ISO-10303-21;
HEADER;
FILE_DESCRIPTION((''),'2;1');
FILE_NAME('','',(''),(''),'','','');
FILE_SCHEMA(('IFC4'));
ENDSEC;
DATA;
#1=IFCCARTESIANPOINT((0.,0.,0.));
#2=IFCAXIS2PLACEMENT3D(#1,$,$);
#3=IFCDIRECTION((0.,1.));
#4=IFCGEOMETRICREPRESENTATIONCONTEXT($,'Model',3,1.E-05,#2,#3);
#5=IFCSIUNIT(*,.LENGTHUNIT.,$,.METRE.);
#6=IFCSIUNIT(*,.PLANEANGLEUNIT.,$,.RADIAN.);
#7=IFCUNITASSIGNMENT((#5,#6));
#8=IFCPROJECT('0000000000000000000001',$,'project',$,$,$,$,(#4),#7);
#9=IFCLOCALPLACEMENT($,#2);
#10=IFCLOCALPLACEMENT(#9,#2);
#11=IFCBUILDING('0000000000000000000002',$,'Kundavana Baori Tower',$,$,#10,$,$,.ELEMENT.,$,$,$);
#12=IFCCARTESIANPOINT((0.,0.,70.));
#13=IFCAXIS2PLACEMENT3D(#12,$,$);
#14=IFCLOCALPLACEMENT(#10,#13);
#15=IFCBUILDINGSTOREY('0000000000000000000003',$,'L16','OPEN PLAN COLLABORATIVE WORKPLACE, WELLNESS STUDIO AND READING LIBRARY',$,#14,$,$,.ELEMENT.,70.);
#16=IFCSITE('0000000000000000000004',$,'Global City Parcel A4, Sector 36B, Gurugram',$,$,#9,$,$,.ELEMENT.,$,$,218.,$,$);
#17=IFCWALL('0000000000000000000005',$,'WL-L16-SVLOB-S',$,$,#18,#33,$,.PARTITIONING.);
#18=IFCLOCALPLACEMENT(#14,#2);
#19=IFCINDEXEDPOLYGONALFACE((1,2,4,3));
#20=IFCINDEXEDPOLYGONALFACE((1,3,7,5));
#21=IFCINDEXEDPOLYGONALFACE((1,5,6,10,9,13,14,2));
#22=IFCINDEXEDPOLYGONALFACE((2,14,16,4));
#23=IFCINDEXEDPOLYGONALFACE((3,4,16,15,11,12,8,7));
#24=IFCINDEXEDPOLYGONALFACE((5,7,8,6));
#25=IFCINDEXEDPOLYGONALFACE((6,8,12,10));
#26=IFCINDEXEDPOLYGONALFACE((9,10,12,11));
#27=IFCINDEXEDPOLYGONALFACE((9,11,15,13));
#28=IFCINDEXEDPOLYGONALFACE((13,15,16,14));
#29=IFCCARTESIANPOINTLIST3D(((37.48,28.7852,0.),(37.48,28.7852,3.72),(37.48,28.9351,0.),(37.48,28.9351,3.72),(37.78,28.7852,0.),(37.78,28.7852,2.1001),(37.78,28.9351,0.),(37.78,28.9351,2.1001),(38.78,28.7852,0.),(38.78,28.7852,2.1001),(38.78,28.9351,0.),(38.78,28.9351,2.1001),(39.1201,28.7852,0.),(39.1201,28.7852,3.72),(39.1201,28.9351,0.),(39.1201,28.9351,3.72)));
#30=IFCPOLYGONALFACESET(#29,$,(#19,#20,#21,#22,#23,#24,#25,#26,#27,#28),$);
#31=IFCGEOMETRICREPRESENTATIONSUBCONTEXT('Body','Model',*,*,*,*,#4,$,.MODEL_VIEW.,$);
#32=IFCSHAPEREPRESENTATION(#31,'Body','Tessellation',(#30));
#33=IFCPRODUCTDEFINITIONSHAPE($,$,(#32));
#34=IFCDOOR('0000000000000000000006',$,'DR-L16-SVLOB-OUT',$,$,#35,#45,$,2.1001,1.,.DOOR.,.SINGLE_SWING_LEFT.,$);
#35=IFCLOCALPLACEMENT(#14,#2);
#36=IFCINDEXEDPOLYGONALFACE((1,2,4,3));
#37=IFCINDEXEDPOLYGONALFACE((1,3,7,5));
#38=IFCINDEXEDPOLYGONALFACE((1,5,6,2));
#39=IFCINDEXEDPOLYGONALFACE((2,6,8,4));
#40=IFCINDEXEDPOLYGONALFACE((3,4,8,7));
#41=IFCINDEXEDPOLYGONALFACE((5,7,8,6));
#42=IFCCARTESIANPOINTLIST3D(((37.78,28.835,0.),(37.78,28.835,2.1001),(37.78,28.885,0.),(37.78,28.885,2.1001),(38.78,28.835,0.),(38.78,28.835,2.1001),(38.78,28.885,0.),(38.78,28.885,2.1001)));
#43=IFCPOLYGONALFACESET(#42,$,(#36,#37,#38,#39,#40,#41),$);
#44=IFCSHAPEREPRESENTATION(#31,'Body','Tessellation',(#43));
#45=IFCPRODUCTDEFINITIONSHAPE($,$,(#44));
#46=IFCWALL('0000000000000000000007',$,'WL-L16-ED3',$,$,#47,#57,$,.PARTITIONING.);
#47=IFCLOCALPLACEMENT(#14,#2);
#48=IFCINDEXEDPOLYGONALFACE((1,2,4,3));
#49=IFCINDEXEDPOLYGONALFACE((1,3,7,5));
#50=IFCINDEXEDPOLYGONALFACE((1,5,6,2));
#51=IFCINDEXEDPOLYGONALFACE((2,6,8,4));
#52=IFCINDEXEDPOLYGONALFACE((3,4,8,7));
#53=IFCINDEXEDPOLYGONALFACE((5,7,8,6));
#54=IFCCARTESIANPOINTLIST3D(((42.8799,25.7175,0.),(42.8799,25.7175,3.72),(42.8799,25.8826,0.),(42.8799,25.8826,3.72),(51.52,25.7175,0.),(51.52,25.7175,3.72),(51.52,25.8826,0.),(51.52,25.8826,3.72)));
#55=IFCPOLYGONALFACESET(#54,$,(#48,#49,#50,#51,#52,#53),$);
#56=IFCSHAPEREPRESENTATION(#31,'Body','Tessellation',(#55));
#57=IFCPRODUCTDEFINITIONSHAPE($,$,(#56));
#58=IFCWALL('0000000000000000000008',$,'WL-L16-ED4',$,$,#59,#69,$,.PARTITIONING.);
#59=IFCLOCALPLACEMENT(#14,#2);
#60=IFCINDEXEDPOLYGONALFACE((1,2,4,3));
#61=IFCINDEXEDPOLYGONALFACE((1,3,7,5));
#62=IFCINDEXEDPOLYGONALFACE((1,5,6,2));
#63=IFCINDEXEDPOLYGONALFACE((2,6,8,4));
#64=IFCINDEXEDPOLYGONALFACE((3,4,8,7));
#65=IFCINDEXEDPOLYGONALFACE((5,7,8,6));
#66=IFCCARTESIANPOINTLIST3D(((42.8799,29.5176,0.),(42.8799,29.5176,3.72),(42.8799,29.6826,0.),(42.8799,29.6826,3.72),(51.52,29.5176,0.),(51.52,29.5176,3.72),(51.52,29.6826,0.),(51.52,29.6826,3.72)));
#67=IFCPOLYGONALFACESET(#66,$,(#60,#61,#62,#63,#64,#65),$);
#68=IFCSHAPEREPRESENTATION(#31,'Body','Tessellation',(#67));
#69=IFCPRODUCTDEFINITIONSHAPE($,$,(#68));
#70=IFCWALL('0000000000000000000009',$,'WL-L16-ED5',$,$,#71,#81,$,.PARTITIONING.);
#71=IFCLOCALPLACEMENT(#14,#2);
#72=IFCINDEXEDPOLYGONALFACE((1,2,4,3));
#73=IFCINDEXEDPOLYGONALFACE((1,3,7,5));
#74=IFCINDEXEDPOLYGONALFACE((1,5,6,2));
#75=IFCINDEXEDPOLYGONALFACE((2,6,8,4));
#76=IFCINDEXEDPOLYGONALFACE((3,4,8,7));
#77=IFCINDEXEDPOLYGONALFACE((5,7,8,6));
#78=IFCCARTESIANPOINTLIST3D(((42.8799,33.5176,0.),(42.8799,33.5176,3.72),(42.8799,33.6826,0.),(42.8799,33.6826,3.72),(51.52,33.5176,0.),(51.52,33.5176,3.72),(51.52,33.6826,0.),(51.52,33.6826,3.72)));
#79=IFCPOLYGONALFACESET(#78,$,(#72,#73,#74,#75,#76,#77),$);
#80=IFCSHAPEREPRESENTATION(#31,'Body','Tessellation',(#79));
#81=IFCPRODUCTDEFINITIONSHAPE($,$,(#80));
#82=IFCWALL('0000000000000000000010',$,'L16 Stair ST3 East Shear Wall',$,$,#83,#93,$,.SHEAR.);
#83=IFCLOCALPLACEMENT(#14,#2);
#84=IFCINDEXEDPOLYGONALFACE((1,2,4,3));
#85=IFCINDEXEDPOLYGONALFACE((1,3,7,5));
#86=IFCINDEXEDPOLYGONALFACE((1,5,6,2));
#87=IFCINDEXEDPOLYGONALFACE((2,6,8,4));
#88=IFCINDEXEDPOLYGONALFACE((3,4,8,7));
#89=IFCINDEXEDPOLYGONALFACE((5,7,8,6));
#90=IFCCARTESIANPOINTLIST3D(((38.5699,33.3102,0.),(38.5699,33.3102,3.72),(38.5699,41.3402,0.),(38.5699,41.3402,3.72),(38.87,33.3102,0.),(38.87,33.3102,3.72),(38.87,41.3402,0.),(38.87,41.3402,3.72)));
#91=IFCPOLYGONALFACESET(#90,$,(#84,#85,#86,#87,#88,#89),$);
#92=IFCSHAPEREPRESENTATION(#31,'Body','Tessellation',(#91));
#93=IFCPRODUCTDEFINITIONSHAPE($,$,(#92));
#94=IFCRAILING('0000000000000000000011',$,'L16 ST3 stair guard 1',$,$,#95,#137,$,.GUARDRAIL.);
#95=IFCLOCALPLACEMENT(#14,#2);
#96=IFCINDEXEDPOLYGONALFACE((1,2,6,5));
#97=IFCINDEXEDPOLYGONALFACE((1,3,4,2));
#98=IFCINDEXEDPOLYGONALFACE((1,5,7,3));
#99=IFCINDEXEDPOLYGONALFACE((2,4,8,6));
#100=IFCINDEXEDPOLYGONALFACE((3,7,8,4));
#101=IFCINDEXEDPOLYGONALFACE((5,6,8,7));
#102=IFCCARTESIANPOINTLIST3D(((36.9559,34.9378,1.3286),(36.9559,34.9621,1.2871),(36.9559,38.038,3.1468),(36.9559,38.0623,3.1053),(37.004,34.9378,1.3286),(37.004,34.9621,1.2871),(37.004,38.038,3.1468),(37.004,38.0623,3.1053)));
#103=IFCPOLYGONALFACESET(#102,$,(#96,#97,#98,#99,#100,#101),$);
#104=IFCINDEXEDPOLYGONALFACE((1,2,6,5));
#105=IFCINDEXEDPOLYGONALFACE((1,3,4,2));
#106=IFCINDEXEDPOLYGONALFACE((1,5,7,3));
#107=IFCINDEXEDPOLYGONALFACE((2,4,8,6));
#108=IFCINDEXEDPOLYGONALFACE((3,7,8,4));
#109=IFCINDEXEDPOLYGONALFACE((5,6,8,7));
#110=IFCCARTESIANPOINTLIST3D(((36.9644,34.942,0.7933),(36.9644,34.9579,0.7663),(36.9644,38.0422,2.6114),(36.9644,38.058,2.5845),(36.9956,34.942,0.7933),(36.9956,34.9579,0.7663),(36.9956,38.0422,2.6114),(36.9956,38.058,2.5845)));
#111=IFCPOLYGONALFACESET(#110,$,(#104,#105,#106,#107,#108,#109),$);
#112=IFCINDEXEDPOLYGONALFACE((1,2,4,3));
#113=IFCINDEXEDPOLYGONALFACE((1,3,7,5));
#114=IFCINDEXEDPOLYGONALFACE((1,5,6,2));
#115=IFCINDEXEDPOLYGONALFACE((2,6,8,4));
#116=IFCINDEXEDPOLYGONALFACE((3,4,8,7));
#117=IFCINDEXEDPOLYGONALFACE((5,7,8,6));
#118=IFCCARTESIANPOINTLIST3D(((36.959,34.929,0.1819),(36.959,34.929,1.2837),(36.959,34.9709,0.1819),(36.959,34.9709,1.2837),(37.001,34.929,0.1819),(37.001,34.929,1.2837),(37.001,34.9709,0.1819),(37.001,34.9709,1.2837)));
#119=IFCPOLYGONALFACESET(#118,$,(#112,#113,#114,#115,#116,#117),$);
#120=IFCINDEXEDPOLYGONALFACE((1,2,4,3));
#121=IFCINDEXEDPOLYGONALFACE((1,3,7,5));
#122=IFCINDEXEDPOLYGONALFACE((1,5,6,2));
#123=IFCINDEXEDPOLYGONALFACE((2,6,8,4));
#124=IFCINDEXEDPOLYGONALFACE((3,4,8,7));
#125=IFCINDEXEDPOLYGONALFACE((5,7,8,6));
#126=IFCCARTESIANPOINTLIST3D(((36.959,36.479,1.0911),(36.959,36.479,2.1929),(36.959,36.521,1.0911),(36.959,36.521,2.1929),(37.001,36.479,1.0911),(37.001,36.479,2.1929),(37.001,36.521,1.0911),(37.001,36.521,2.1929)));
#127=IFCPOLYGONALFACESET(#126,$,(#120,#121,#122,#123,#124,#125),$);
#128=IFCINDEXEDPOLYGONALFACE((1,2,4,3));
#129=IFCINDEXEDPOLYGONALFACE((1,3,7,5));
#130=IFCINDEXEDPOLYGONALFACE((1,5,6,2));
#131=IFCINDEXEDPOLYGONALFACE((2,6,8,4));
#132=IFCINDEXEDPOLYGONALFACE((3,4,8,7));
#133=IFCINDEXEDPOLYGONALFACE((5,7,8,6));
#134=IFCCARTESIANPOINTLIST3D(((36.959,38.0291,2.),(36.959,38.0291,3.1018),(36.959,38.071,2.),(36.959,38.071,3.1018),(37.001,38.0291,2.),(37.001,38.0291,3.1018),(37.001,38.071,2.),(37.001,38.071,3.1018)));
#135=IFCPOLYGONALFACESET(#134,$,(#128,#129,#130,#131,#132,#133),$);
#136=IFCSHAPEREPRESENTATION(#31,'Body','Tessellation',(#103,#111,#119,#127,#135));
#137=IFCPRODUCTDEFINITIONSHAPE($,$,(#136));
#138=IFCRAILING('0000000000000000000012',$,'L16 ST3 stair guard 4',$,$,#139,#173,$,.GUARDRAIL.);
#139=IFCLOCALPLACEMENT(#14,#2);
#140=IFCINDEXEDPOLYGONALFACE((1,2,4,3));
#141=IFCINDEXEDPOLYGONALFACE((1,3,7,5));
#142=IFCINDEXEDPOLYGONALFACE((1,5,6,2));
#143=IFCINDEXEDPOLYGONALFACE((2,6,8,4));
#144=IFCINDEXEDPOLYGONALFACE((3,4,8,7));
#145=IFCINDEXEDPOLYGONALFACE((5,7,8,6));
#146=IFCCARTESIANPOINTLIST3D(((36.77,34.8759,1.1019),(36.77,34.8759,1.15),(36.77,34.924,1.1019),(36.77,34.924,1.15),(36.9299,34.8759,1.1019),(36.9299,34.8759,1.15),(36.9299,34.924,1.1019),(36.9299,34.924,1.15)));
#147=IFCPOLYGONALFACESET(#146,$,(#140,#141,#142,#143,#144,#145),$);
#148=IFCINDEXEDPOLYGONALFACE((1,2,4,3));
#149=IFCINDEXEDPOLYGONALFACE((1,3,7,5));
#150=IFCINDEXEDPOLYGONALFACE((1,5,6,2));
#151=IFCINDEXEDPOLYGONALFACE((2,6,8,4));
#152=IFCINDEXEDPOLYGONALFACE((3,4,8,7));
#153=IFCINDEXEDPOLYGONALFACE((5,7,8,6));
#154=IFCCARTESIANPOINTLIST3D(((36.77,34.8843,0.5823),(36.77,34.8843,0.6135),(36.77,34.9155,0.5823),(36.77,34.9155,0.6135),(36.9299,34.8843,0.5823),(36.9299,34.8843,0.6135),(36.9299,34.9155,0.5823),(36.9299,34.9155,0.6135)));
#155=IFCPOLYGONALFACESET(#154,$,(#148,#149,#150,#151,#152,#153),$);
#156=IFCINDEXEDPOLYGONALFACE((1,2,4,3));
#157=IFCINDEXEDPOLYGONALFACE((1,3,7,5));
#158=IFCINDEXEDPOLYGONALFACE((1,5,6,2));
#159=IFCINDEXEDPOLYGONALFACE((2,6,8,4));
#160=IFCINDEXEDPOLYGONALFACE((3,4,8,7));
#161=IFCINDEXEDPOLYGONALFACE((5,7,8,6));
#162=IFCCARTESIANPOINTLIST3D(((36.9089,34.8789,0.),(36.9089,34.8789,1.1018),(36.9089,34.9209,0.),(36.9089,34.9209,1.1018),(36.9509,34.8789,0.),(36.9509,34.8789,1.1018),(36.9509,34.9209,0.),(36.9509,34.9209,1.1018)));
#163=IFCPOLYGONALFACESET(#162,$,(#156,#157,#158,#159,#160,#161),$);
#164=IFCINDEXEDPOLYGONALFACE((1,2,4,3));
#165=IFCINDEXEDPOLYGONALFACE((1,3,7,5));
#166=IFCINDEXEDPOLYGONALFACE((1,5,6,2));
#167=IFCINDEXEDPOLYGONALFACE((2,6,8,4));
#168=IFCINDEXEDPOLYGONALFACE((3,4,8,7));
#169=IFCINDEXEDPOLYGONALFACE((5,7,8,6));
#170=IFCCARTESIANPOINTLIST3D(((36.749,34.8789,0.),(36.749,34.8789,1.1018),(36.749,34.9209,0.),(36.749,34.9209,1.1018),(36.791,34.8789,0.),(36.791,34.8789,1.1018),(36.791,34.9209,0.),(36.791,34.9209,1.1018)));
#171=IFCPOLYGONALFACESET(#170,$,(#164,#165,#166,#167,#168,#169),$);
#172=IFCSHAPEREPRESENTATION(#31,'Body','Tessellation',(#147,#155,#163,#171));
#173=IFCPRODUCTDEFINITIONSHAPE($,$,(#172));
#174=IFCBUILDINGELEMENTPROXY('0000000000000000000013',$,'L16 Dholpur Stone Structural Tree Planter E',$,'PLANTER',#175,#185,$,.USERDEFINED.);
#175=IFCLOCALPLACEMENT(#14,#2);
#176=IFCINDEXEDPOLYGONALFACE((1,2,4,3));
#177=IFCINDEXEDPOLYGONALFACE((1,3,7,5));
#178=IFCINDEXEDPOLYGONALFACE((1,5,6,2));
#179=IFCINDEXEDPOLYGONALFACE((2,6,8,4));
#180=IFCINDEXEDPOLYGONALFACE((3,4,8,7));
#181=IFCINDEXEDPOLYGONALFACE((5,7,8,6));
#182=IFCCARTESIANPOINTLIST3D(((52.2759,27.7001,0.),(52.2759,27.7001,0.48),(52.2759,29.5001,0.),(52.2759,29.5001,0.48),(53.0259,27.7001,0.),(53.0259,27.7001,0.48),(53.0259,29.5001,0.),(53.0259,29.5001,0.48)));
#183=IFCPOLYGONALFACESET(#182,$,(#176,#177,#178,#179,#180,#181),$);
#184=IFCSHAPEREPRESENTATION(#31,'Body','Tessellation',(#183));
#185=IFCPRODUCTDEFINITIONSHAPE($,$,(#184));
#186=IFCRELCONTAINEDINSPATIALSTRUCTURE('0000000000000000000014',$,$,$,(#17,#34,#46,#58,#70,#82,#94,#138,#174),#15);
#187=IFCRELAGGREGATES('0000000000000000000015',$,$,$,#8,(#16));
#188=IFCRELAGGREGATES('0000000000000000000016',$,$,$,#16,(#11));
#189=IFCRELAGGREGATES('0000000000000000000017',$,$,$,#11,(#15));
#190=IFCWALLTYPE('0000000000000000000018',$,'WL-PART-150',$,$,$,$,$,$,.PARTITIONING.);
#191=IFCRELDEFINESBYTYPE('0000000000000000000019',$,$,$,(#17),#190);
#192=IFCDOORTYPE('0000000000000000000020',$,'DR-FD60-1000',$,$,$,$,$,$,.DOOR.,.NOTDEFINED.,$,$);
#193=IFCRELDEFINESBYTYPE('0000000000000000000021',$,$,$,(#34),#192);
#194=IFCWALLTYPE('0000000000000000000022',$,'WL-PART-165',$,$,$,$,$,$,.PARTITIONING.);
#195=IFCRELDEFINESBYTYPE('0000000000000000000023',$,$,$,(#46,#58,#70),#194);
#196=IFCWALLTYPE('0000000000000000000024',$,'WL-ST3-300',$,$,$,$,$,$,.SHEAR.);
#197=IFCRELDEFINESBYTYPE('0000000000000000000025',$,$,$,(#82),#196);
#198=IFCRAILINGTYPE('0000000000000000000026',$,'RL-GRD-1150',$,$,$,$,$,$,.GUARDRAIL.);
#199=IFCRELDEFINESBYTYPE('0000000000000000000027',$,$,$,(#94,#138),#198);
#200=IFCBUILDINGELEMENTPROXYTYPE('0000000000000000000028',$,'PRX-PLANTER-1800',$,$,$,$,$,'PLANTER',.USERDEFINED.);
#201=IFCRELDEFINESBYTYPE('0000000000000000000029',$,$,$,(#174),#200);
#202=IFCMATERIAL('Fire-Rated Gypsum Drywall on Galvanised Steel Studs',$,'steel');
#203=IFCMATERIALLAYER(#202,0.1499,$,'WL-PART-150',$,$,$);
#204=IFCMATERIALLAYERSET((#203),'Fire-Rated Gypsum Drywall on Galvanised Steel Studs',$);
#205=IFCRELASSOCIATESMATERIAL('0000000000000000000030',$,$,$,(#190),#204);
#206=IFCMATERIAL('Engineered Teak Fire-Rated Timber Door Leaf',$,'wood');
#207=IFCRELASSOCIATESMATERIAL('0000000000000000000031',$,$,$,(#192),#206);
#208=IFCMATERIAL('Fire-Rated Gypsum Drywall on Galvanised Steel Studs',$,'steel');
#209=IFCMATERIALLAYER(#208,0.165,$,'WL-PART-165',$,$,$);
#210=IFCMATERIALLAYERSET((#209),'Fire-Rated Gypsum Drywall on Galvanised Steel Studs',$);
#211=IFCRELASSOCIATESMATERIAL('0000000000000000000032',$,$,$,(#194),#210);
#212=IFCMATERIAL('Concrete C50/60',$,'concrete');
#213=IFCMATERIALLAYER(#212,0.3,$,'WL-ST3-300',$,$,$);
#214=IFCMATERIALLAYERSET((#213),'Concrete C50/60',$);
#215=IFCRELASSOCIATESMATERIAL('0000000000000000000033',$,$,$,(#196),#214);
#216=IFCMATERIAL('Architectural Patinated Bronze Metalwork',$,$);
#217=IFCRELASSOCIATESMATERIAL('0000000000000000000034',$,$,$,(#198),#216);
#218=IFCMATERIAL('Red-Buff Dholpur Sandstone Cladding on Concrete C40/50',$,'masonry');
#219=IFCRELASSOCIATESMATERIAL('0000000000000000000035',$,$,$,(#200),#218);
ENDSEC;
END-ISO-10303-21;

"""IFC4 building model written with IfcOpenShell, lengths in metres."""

from ifc_helpers import new_model, si_unit, direction, frame, frame_2d, origin, origin_2d, place, context, subcontext, project, spatial, rectangle, extrude, material, layer, layer_set, type_object, element, fill, save


model = new_model("IFC4")

# Units and contexts
model_context = context("Model", 3, precision=1e-05, world=origin(), true_north=direction((0.0, 1.0)))
body_context = subcontext(model_context, "Body", "Model", "MODEL_VIEW")
ifc_project = project(units=[si_unit("LENGTHUNIT", "METRE"), si_unit("PLANEANGLEUNIT", "RADIAN")], contexts=[model_context])

# Site, building, storey
site_placement = place(None, origin())
site = spatial("IfcSite", under=ifc_project, at=site_placement, Name="Global City Parcel A4, Sector 36B, Gurugram", CompositionType="ELEMENT", RefElevation=218.0)
building_placement = place(site_placement, origin())
building = spatial("IfcBuilding", under=site, at=building_placement, Name="Kundavana Baori Tower", CompositionType="ELEMENT")
storey_placement = place(building_placement, frame((0.0, 0.0, 70.0)))
storey = spatial("IfcBuildingStorey", under=building, at=storey_placement, Name="L16", Description="OPEN PLAN COLLABORATIVE WORKPLACE, WELLNESS STUDIO AND READING LIBRARY", CompositionType="ELEMENT", Elevation=70.0)

# Shared definitions
ifc_material_1 = material(Name="Fire-Rated Gypsum Drywall on Galvanised Steel Studs", Category="steel")
ifc_layer_1 = layer(ifc_material_1, 0.1499, Name="WL-PART-150")
ifc_layer_set_1 = layer_set([ifc_layer_1], Name="Fire-Rated Gypsum Drywall on Galvanised Steel Studs")
wall_type_1 = type_object("IfcWallType", Name="WL-PART-150", PredefinedType="PARTITIONING", material=ifc_layer_set_1)

# Wall, opening, door
wall_1_placement = place(storey_placement, frame((37.48, 28.8601, 0.0), z_axis=(0.0, 0.0, 1.0), x_axis=(1.0, 0.0, 0.0)))
wall_1 = element("IfcWall", 1, at=wall_1_placement, inside=storey, type_object=wall_type_1, Name="WL-L16-SVLOB-S", PredefinedType="PARTITIONING", context=body_context, shape_type="SweptSolid", body=[
    extrude(rectangle(XDim=1.6401, YDim=0.1499, at=frame_2d((0.8201, 0.0))), origin(), (0.0, 0.0, 1.0), 3.72),
])
opening_1_placement = place(wall_1_placement, frame((0.3, 0.0, 0.0)))
opening_1 = element("IfcOpeningElement", 2, at=opening_1_placement, cuts=wall_1, PredefinedType="OPENING", context=body_context, shape_type="SweptSolid", body=[
    extrude(rectangle(XDim=1.0, YDim=2.1001, at=frame_2d((0.5, 1.05))), frame((0.0, 0.085, 0.0), z_axis=(0.0, -1.0, 0.0), x_axis=(1.0, 0.0, 0.0)), (0.0, 0.0, 1.0), 0.1699),
])
ifc_material_2 = material(Name="Engineered Teak Fire-Rated Timber Door Leaf", Category="wood")
door_type_1 = type_object("IfcDoorType", Name="DR-FD60-1000", OperationType="NOTDEFINED", PredefinedType="DOOR", material=ifc_material_2)
door_1_placement = place(opening_1_placement, origin())
door_1 = element("IfcDoor", 3, at=door_1_placement, inside=storey, type_object=door_type_1, Name="DR-L16-SVLOB-OUT", OperationType="SINGLE_SWING_LEFT", OverallHeight=2.1001, OverallWidth=1.0, PredefinedType="DOOR", context=body_context, shape_type="SweptSolid", body=[
    extrude(rectangle(XDim=1.0, YDim=2.1001, at=frame_2d((0.5, 1.05))), frame((0.0, 0.0249, 0.0), z_axis=(0.0, -1.0, 0.0), x_axis=(1.0, 0.0, 0.0)), (0.0, 0.0, 1.0), 0.05),
])
fill(opening_1, door_1)

# Walls
ifc_material_3 = material(Name="Fire-Rated Gypsum Drywall on Galvanised Steel Studs", Category="steel")
ifc_layer_2 = layer(ifc_material_3, 0.165, Name="WL-PART-165")
ifc_layer_set_2 = layer_set([ifc_layer_2], Name="Fire-Rated Gypsum Drywall on Galvanised Steel Studs")
wall_type_2 = type_object("IfcWallType", Name="WL-PART-165", PredefinedType="PARTITIONING", material=ifc_layer_set_2)
for number, where, z_axis, x_axis, name in (
    (4, (42.8799, 25.8, 0.0), (0.0, 0.0, 1.0), (1.0, 0.0, 0.0), "WL-L16-ED3"),
    (5, (42.8799, 29.6001, 0.0), (0.0, 0.0, 1.0), (1.0, 0.0, 0.0), "WL-L16-ED4"),
    (6, (42.8799, 33.6001, 0.0), (0.0, 0.0, 1.0), (1.0, 0.0, 0.0), "WL-L16-ED5"),
):
    element("IfcWall", number, at=place(storey_placement, frame(where, z_axis=z_axis, x_axis=x_axis)), inside=storey, type_object=wall_type_2, Name=name, PredefinedType="PARTITIONING", context=body_context, shape_type="SweptSolid", body=[
        extrude(rectangle(XDim=8.6401, YDim=0.165, at=frame_2d((4.3201, 0.0))), origin(), (0.0, 0.0, 1.0), 3.72),
    ])

# Wall
ifc_material_4 = material(Name="Concrete C50/60", Category="concrete")
ifc_layer_3 = layer(ifc_material_4, 0.3, Name="WL-ST3-300")
ifc_layer_set_3 = layer_set([ifc_layer_3], Name="Concrete C50/60")
wall_type_3 = type_object("IfcWallType", Name="WL-ST3-300", PredefinedType="SHEAR", material=ifc_layer_set_3)
wall_2_placement = place(storey_placement, frame((38.72, 33.3101, 0.0), z_axis=(0.0, 0.0, 1.0), x_axis=(0.0, 1.0, 0.0)))
element("IfcWall", 7, at=wall_2_placement, inside=storey, type_object=wall_type_3, Name="L16 Stair ST3 East Shear Wall", PredefinedType="SHEAR", context=body_context, shape_type="SweptSolid", body=[
    extrude(rectangle(XDim=8.03, YDim=0.3, at=frame_2d((4.0151, 0.0))), origin(), (0.0, 0.0, 1.0), 3.72),
])

# Railings
ifc_material_5 = material(Name="Architectural Patinated Bronze Metalwork")
railing_type = type_object("IfcRailingType", Name="RL-GRD-1150", PredefinedType="GUARDRAIL", material=ifc_material_5)
railing_1_placement = place(storey_placement, frame((36.98, 34.95, 0.1819)))
element("IfcRailing", 8, at=railing_1_placement, inside=storey, type_object=railing_type, Name="L16 ST3 stair guard 1", PredefinedType="GUARDRAIL", context=body_context, shape_type="SweptSolid", body=[
    extrude(rectangle(XDim=0.0481, YDim=0.0481, at=origin_2d()), frame((0.0, 0.0, 1.126), z_axis=(0.0, 0.862599, 0.505889), x_axis=(-1.0, 0.0, 0.0)), (0.0, 0.0, 1.0), 3.594),
    extrude(rectangle(XDim=0.0312, YDim=0.0312, at=origin_2d()), frame((0.0, 0.0, 0.5979), z_axis=(0.0, 0.862599, 0.505889), x_axis=(-1.0, 0.0, 0.0)), (0.0, 0.0, 1.0), 3.594),
    extrude(rectangle(XDim=0.042, YDim=0.042, at=origin_2d()), origin(), (0.0, 0.0, 1.0), 1.1018),
    extrude(rectangle(XDim=0.042, YDim=0.042, at=origin_2d()), frame((0.0, 1.55, 0.9092)), (0.0, 0.0, 1.0), 1.1018),
    extrude(rectangle(XDim=0.042, YDim=0.042, at=origin_2d()), frame((0.0, 3.1001, 1.8181)), (0.0, 0.0, 1.0), 1.1018),
])
railing_2_placement = place(storey_placement, frame((36.9299, 34.8999, 0.0)))
element("IfcRailing", 9, at=railing_2_placement, inside=storey, type_object=railing_type, Name="L16 ST3 stair guard 4", PredefinedType="GUARDRAIL", context=body_context, shape_type="SweptSolid", body=[
    extrude(rectangle(XDim=0.0481, YDim=0.0481, at=origin_2d()), frame((0.0, 0.0, 1.126), z_axis=(-1.0, 0.0, 0.0), x_axis=(0.0, -1.0, 0.0)), (0.0, 0.0, 1.0), 0.1599),
    extrude(rectangle(XDim=0.0312, YDim=0.0312, at=origin_2d()), frame((0.0, 0.0, 0.5979), z_axis=(-1.0, 0.0, 0.0), x_axis=(0.0, -1.0, 0.0)), (0.0, 0.0, 1.0), 0.1599),
    extrude(rectangle(XDim=0.042, YDim=0.042, at=origin_2d()), origin(), (0.0, 0.0, 1.0), 1.1018),
    extrude(rectangle(XDim=0.042, YDim=0.042, at=origin_2d()), frame((-0.1599, 0.0, 0.0)), (0.0, 0.0, 1.0), 1.1018),
])

# Building element proxy
ifc_material_6 = material(Name="Red-Buff Dholpur Sandstone Cladding on Concrete C40/50", Category="masonry")
building_element_proxy_type = type_object("IfcBuildingElementProxyType", Name="PRX-PLANTER-1800", ElementType="PLANTER", PredefinedType="USERDEFINED", material=ifc_material_6)
proxy_placement = place(storey_placement, frame((52.6509, 28.6001, 0.0), z_axis=(0.0, 0.0, 1.0), x_axis=(0.0, 1.0, 0.0)))
element("IfcBuildingElementProxy", 10, at=proxy_placement, inside=storey, type_object=building_element_proxy_type, Name="L16 Dholpur Stone Structural Tree Planter E", ObjectType="PLANTER", PredefinedType="USERDEFINED", context=body_context, shape_type="SweptSolid", body=[
    extrude(rectangle(XDim=1.8, YDim=0.75, at=origin_2d()), origin(), (0.0, 0.0, 1.0), 0.48),
])

save(model, "model.ifc")
